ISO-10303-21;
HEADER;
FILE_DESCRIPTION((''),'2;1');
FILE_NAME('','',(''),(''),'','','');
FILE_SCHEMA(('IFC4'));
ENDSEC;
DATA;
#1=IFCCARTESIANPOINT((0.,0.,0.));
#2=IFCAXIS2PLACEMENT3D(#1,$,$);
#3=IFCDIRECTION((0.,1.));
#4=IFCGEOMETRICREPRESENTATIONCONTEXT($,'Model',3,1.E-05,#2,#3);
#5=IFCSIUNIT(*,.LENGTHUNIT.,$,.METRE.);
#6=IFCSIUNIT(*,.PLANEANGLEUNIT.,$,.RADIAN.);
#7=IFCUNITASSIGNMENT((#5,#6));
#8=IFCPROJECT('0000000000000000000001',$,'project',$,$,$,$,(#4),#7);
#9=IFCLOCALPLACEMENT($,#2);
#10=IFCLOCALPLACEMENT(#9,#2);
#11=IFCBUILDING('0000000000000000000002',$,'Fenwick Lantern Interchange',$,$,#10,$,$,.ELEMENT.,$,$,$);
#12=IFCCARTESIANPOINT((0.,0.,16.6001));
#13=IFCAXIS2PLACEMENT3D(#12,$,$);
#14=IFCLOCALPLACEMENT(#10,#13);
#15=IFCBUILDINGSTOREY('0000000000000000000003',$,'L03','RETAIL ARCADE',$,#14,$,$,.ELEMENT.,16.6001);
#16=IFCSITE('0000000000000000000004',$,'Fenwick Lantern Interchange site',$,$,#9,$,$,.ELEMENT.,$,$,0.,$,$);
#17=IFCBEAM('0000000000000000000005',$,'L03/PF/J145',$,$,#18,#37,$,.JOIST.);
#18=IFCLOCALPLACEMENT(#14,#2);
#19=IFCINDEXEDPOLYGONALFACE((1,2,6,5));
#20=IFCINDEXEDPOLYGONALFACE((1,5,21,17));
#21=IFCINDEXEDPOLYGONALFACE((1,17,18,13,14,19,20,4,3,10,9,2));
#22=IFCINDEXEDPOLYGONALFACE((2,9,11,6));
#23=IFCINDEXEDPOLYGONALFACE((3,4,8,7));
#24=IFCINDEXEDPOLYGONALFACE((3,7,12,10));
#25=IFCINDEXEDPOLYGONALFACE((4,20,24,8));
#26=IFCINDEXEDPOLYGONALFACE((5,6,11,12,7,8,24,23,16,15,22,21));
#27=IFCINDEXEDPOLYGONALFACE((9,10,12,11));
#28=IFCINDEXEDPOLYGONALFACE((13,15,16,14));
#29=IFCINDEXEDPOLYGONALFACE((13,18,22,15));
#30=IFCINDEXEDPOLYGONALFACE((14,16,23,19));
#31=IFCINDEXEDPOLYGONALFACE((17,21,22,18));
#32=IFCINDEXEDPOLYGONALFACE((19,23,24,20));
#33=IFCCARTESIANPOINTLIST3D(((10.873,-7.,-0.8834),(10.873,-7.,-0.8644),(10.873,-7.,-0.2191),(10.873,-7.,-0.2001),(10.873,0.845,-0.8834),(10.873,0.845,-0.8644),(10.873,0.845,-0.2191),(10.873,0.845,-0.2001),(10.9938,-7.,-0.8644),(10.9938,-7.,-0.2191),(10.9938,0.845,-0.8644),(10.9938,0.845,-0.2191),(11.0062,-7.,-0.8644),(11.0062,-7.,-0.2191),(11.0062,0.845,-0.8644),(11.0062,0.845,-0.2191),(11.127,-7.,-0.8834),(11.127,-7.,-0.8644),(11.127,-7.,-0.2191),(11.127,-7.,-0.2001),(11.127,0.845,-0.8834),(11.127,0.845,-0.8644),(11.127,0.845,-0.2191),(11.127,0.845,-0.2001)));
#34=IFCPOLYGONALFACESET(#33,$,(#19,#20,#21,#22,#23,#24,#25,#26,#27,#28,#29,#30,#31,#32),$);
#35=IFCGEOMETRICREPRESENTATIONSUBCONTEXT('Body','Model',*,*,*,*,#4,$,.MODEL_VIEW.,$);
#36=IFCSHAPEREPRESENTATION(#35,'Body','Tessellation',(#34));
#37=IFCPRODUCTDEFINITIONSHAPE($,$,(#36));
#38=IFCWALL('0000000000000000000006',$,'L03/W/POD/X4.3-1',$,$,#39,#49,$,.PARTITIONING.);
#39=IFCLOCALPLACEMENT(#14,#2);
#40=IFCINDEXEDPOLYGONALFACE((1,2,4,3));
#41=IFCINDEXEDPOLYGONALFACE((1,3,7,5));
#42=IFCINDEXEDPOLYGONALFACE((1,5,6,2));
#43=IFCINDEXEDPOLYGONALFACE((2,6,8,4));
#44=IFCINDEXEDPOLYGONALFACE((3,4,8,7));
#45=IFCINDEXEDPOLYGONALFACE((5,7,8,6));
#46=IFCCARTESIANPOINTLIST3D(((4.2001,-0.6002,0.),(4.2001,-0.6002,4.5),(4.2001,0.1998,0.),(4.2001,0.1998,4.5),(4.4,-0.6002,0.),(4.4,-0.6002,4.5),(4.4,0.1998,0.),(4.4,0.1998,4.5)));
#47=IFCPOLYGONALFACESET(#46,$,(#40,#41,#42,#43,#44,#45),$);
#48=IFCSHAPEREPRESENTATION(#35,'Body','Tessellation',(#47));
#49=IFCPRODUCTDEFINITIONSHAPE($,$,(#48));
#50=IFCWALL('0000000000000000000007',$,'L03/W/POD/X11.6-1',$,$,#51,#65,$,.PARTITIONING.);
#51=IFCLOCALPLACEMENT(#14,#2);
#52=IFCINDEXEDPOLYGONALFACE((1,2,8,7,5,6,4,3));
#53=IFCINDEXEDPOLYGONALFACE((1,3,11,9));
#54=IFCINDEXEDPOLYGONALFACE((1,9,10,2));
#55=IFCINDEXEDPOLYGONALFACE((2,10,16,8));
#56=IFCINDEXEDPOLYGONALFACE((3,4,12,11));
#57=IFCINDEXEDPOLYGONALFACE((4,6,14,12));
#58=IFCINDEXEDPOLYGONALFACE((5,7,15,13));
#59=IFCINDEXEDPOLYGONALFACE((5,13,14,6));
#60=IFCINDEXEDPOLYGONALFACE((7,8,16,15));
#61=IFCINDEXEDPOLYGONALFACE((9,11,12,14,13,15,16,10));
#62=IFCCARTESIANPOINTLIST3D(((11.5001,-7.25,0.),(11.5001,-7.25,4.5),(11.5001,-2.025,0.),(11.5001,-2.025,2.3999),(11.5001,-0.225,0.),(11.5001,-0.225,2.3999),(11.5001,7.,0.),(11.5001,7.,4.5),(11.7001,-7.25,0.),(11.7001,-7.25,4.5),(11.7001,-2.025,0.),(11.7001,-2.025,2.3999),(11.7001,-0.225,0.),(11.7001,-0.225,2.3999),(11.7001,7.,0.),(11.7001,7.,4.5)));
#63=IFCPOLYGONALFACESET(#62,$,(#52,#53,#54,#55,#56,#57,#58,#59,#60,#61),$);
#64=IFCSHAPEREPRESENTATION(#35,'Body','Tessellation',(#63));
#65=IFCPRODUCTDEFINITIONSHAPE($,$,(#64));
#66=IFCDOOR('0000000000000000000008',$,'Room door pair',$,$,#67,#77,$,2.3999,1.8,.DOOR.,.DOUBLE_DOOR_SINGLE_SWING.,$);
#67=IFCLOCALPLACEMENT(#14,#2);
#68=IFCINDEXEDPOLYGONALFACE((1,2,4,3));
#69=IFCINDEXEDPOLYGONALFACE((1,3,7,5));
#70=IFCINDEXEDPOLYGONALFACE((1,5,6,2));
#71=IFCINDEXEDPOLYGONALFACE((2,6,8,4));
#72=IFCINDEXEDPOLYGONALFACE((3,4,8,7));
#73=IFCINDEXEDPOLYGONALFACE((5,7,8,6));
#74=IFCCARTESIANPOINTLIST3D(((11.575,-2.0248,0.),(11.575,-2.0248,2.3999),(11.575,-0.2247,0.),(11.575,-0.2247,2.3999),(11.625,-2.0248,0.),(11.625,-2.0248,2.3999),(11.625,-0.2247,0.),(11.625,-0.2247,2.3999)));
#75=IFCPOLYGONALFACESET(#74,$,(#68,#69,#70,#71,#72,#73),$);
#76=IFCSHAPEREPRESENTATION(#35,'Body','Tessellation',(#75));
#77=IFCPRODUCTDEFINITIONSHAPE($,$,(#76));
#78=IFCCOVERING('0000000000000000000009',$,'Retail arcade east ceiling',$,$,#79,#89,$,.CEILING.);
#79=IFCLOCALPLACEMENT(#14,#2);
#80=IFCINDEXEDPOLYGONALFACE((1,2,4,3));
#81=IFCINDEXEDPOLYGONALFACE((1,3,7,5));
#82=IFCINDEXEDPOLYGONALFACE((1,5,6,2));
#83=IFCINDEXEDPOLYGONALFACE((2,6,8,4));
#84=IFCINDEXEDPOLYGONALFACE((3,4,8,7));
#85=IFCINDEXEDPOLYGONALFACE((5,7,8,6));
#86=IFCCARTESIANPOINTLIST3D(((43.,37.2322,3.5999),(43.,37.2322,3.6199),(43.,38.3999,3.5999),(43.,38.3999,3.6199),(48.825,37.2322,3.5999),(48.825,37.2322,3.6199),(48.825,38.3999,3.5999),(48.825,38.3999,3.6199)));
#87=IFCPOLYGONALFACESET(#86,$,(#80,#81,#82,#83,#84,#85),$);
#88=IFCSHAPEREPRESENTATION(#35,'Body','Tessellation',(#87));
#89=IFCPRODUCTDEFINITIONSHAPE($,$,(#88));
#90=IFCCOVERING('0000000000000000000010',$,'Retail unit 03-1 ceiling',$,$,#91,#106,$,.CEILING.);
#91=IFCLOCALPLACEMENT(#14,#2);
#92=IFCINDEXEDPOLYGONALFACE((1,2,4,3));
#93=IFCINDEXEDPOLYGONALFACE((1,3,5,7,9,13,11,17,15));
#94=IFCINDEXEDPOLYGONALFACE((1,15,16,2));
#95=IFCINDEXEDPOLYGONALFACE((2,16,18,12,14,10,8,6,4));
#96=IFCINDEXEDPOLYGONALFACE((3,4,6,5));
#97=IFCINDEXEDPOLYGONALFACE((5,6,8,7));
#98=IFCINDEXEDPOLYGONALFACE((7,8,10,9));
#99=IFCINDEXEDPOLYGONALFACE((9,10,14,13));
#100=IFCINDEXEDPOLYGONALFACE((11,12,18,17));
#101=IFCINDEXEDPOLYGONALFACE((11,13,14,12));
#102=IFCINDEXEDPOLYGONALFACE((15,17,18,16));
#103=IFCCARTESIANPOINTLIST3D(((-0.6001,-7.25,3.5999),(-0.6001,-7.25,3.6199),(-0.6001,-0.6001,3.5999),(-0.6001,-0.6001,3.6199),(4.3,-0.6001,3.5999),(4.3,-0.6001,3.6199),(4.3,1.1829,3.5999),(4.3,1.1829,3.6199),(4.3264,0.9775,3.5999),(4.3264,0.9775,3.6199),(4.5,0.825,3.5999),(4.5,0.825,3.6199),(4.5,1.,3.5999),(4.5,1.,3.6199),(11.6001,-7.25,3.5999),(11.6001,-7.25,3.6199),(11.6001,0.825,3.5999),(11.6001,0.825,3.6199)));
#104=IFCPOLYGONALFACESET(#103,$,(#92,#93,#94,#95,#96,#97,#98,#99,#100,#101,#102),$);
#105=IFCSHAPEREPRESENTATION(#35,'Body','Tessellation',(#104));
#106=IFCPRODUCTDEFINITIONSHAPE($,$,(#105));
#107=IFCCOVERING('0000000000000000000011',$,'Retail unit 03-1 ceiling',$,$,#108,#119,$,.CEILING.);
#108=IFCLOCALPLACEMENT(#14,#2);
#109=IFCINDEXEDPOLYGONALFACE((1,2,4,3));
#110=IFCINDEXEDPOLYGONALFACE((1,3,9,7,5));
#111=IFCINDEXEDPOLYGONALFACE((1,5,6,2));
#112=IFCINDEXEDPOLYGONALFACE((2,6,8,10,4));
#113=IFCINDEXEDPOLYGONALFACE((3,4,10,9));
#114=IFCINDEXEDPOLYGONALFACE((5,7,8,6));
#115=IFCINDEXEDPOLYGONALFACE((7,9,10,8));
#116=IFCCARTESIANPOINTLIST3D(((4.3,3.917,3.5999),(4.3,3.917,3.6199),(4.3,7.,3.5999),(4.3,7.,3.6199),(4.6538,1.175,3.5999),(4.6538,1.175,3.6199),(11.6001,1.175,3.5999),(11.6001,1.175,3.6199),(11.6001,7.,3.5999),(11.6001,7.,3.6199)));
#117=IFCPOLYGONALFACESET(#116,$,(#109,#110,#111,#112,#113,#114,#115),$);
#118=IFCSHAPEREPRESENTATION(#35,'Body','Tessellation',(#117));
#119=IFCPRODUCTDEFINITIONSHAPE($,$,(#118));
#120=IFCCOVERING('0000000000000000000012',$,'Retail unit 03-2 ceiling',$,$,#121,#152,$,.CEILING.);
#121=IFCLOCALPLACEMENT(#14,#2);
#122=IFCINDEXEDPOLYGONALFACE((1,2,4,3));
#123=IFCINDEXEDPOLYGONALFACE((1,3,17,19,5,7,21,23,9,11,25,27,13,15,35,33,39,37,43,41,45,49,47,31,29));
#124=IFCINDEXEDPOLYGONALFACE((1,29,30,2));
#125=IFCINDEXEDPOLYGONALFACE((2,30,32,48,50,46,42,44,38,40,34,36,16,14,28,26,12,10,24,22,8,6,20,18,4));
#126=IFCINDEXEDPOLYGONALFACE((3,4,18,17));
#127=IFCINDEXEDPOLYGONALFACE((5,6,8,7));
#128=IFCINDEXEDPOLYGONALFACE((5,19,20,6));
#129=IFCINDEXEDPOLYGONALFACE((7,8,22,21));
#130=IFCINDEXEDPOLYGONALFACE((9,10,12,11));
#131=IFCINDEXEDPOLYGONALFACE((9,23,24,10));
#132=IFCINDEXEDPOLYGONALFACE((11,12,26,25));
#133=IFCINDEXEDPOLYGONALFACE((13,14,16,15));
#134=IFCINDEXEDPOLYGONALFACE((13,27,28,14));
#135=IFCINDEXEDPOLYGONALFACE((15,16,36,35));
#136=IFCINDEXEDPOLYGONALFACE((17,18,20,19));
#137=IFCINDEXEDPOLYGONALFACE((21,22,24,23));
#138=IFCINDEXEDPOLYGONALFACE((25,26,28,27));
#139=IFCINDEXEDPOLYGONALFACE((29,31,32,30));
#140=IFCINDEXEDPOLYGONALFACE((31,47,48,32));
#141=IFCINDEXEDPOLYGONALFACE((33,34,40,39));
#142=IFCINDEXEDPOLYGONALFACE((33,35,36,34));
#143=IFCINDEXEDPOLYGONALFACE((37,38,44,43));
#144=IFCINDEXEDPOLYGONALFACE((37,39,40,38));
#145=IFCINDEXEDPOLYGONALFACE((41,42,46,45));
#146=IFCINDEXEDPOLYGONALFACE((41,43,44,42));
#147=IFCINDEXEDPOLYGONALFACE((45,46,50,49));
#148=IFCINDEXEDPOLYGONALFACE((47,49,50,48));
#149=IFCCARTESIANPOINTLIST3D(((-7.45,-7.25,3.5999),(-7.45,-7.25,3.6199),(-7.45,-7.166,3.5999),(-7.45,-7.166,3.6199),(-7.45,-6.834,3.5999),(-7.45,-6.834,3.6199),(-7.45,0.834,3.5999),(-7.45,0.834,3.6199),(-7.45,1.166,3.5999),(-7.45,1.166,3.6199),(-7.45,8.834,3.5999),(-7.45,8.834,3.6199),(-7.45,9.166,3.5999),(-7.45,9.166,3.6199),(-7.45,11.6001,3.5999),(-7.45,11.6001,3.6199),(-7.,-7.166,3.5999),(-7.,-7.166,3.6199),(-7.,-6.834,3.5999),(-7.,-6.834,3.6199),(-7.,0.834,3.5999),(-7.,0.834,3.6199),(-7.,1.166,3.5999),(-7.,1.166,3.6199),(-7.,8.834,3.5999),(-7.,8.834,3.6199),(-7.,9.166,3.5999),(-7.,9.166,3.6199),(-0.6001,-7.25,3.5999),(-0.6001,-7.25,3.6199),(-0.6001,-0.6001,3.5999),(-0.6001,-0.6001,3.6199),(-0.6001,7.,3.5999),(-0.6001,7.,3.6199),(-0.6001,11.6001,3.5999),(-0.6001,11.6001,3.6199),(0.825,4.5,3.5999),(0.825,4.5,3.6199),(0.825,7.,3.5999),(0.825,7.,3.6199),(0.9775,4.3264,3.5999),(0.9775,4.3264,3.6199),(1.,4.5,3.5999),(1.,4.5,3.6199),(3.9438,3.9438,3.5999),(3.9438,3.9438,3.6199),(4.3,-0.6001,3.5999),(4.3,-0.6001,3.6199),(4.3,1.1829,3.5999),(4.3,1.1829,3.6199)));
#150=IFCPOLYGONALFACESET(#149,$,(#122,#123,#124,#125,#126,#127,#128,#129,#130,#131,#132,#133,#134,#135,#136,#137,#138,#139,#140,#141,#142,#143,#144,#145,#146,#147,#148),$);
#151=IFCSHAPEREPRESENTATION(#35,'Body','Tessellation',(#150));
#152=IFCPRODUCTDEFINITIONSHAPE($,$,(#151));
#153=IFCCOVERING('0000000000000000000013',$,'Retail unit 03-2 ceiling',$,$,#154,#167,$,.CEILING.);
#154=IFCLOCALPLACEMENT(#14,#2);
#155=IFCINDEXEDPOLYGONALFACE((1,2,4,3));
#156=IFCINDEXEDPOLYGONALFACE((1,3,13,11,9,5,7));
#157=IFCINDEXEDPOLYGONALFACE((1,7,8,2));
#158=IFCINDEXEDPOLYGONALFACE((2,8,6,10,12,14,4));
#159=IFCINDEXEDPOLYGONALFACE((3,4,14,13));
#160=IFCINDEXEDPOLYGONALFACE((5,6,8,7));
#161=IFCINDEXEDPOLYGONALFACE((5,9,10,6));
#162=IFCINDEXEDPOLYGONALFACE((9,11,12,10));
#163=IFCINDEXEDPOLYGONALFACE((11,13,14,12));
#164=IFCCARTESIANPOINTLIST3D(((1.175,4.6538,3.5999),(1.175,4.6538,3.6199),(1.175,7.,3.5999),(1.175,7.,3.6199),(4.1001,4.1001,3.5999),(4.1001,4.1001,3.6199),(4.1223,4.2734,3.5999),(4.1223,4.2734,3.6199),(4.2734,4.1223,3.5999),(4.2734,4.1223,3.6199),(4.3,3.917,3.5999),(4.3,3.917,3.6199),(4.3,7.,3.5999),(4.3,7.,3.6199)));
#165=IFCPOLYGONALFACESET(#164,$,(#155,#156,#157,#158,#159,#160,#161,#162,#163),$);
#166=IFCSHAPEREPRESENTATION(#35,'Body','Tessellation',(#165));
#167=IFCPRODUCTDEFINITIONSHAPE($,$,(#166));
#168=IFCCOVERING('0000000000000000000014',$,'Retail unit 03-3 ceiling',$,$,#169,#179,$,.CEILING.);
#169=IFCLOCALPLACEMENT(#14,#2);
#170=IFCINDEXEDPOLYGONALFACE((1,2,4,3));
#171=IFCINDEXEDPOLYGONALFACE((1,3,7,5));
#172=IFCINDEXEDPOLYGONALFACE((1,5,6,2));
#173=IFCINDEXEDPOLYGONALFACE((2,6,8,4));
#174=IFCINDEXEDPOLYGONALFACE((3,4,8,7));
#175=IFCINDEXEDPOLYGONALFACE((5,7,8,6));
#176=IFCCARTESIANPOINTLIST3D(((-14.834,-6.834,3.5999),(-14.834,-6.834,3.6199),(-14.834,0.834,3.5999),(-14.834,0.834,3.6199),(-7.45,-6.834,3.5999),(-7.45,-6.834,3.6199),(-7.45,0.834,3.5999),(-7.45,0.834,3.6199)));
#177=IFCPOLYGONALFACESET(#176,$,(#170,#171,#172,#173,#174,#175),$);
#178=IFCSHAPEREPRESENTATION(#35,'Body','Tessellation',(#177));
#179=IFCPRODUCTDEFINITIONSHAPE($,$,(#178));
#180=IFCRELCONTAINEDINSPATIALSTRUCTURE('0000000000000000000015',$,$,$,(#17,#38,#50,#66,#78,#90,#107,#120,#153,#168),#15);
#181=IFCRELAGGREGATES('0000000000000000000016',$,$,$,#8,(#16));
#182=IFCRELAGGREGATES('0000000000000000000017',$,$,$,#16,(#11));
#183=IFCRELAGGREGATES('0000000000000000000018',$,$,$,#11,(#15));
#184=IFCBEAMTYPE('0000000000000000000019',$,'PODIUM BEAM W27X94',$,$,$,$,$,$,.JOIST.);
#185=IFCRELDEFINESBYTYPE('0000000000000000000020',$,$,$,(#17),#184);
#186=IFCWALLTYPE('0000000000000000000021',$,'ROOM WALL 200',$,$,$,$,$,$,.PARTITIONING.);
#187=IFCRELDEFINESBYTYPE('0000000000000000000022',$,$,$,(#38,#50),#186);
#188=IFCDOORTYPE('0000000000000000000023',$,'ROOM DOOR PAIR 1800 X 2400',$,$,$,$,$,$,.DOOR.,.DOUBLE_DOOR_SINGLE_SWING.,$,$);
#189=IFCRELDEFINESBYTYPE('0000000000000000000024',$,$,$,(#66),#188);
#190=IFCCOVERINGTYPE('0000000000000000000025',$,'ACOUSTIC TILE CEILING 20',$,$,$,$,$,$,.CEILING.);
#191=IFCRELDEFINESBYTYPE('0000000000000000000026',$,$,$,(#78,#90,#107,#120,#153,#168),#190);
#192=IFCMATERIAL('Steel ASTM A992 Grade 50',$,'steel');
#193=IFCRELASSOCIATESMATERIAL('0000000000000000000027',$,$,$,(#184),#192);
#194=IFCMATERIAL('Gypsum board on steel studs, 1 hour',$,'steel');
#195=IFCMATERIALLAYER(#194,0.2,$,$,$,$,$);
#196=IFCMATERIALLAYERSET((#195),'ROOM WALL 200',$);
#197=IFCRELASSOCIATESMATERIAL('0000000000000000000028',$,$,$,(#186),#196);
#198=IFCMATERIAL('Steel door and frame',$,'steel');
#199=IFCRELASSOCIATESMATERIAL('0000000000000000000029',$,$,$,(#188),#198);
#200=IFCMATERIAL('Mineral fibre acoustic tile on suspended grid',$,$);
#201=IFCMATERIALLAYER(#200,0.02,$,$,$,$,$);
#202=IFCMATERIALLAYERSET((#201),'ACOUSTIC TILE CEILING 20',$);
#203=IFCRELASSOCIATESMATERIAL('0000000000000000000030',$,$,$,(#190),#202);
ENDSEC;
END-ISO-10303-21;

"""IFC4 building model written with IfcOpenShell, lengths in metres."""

from ifc_helpers import new_model, si_unit, direction, frame, frame_2d, origin, origin_2d, place, context, subcontext, project, spatial, polyline, rectangle, i_section, outline, extrude, material, layer, layer_set, material_profile, profile_set, type_object, element, fill, save


model = new_model("IFC4")

# Units and contexts
model_context = context("Model", 3, precision=1e-05, world=origin(), true_north=direction((0.0, 1.0)))
body_context = subcontext(model_context, "Body", "Model", "MODEL_VIEW")
ifc_project = project(units=[si_unit("LENGTHUNIT", "METRE"), si_unit("PLANEANGLEUNIT", "RADIAN")], contexts=[model_context])

# Site, building, storey
site_placement = place(None, origin())
site = spatial("IfcSite", under=ifc_project, at=site_placement, Name="Fenwick Lantern Interchange site", CompositionType="ELEMENT", RefElevation=0.0)
building_placement = place(site_placement, origin())
building = spatial("IfcBuilding", under=site, at=building_placement, Name="Fenwick Lantern Interchange", CompositionType="ELEMENT")
storey_placement = place(building_placement, frame((0.0, 0.0, 16.6001)))
storey = spatial("IfcBuildingStorey", under=building, at=storey_placement, Name="L03", Description="RETAIL ARCADE", CompositionType="ELEMENT", Elevation=16.6001)

# Shared definitions
ifc_material_1 = material(Name="Steel ASTM A992 Grade 50", Category="steel")

# Beam
ifc_material_profile_1 = material_profile(ifc_material_1, i_section(OverallWidth=0.2539, OverallDepth=0.6833, WebThickness=0.0125, FlangeThickness=0.019, at=origin_2d()), Name="W27X94")
ifc_profile_set_1 = profile_set([ifc_material_profile_1], Name="Steel ASTM A992 Grade 50")
beam_type_1 = type_object("IfcBeamType", Name="PODIUM BEAM W27X94", PredefinedType="JOIST", material=ifc_profile_set_1)
beam_1_placement = place(storey_placement, frame((11.0, -7.0, -0.5417), z_axis=(0.0, 1.0, 0.0), x_axis=(-1.0, 0.0, 0.0)))
element("IfcBeam", 1, at=beam_1_placement, inside=storey, type_object=beam_type_1, Name="L03/PF/J145", PredefinedType="JOIST", context=body_context, shape_type="SweptSolid", body=[
    extrude(i_section(OverallWidth=0.2539, OverallDepth=0.6833, WebThickness=0.0125, FlangeThickness=0.019, at=origin_2d()), origin(), (0.0, 0.0, 1.0), 7.845),
])

# Wall
ifc_material_2 = material(Name="Gypsum board on steel studs, 1 hour", Category="steel")
ifc_layer_1 = layer(ifc_material_2, 0.2)
ifc_layer_set_1 = layer_set([ifc_layer_1], Name="ROOM WALL 200")
wall_type = type_object("IfcWallType", Name="ROOM WALL 200", PredefinedType="PARTITIONING", material=ifc_layer_set_1)
wall_1_placement = place(storey_placement, frame((4.3, -0.6001, 0.0), z_axis=(0.0, 0.0, 1.0), x_axis=(0.0, 1.0, 0.0)))
element("IfcWall", 2, at=wall_1_placement, inside=storey, type_object=wall_type, Name="L03/W/POD/X4.3-1", PredefinedType="PARTITIONING", context=body_context, shape_type="SweptSolid", body=[
    extrude(rectangle(XDim=0.8, YDim=0.2, at=frame_2d((0.3999, 0.0))), origin(), (0.0, 0.0, 1.0), 4.5),
])

# Wall, opening, door
wall_2_placement = place(storey_placement, frame((11.6001, -7.25, 0.0), z_axis=(0.0, 0.0, 1.0), x_axis=(0.0, 1.0, 0.0)))
wall_2 = element("IfcWall", 3, at=wall_2_placement, inside=storey, type_object=wall_type, Name="L03/W/POD/X11.6-1", PredefinedType="PARTITIONING", context=body_context, shape_type="SweptSolid", body=[
    extrude(rectangle(XDim=14.25, YDim=0.2, at=frame_2d((7.125, 0.0))), origin(), (0.0, 0.0, 1.0), 4.5),
])
opening_placement = place(wall_2_placement, frame((5.2251, 0.0, 0.0)))
opening = element("IfcOpeningElement", 4, at=opening_placement, cuts=wall_2, PredefinedType="OPENING", context=body_context, shape_type="SweptSolid", body=[
    extrude(rectangle(XDim=1.8, YDim=2.3999, at=frame_2d((0.8999, 1.2))), frame((0.0, 0.1099, 0.0), z_axis=(0.0, -1.0, 0.0), x_axis=(1.0, 0.0, 0.0)), (0.0, 0.0, 1.0), 0.22),
])
ifc_material_3 = material(Name="Steel door and frame", Category="steel")
door_type = type_object("IfcDoorType", Name="ROOM DOOR PAIR 1800 X 2400", OperationType="DOUBLE_DOOR_SINGLE_SWING", PredefinedType="DOOR", material=ifc_material_3)
door_placement = place(opening_placement, frame((1.8, 0.0, 0.0), z_axis=(0.0, 0.0, 1.0), x_axis=(-1.0, 0.0, 0.0)))
door = element("IfcDoor", 5, at=door_placement, inside=storey, type_object=door_type, Name="Room door pair", OperationType="DOUBLE_DOOR_SINGLE_SWING", OverallHeight=2.3999, OverallWidth=1.8, PredefinedType="DOOR", context=body_context, shape_type="SweptSolid", body=[
    extrude(rectangle(XDim=1.8, YDim=2.3999, at=frame_2d((0.8999, 1.2))), frame((0.0, 0.0249, 0.0), z_axis=(0.0, -1.0, 0.0), x_axis=(1.0, 0.0, 0.0)), (0.0, 0.0, 1.0), 0.05),
])
fill(opening, door)

# Coverings
ifc_material_4 = material(Name="Mineral fibre acoustic tile on suspended grid")
ifc_layer_2 = layer(ifc_material_4, 0.02)
ifc_layer_set_2 = layer_set([ifc_layer_2], Name="ACOUSTIC TILE CEILING 20")
covering_type = type_object("IfcCoveringType", Name="ACOUSTIC TILE CEILING 20", PredefinedType="CEILING", material=ifc_layer_set_2)
covering_1_placement = place(storey_placement, frame((0.0, 0.0, 3.5999)))
element("IfcCovering", 6, at=covering_1_placement, inside=storey, type_object=covering_type, Name="Retail arcade east ceiling", PredefinedType="CEILING", context=body_context, shape_type="SweptSolid", body=[
    extrude(outline(polyline([(43.0, 38.3999), (43.0, 37.2322), (48.825, 37.2322), (48.825, 38.3999), (43.0, 38.3999)])), origin(), (0.0, 0.0, 1.0), 0.02),
])
covering_2_placement = place(storey_placement, frame((0.0, 0.0, 3.5999)))
element("IfcCovering", 7, at=covering_2_placement, inside=storey, type_object=covering_type, Name="Retail unit 03-1 ceiling", PredefinedType="CEILING", context=body_context, shape_type="SweptSolid", body=[
    extrude(outline(polyline([(4.3, -0.6001), (-0.6001, -0.6001), (-0.6001, -7.25), (11.6001, -7.25), (11.6001, 0.825), (4.5, 0.825), (4.5, 1.0), (4.3264, 0.9775), (4.3, 1.1829), (4.3, -0.6001)])), origin(), (0.0, 0.0, 1.0), 0.02),
])
covering_3_placement = place(storey_placement, frame((0.0, 0.0, 3.5999)))
element("IfcCovering", 8, at=covering_3_placement, inside=storey, type_object=covering_type, Name="Retail unit 03-1 ceiling", PredefinedType="CEILING", context=body_context, shape_type="SweptSolid", body=[
    extrude(outline(polyline([(4.3, 7.0), (4.3, 3.917), (4.6538, 1.175), (11.6001, 1.175), (11.6001, 7.0), (4.3, 7.0)])), origin(), (0.0, 0.0, 1.0), 0.02),
])
covering_4_placement = place(storey_placement, frame((0.0, 0.0, 3.5999)))
element("IfcCovering", 9, at=covering_4_placement, inside=storey, type_object=covering_type, Name="Retail unit 03-2 ceiling", PredefinedType="CEILING", context=body_context, shape_type="SweptSolid", body=[
    extrude(outline(polyline([(-0.6001, 11.6001), (-7.45, 11.6001), (-7.45, 9.166), (-7.0, 9.166), (-7.0, 8.834), (-7.45, 8.834), (-7.45, 1.166), (-7.0, 1.166), (-7.0, 0.834), (-7.45, 0.834), (-7.45, -6.834), (-7.0, -6.834), (-7.0, -7.166), (-7.45, -7.166), (-7.45, -7.25), (-0.6001, -7.25), (-0.6001, -0.6001), (4.3, -0.6001), (4.3, 1.1829), (3.9438, 3.9438), (0.9775, 4.3264), (1.0, 4.5), (0.825, 4.5), (0.825, 7.0), (-0.6001, 7.0), (-0.6001, 11.6001)])), origin(), (0.0, 0.0, 1.0), 0.02),
])
covering_5_placement = place(storey_placement, frame((0.0, 0.0, 3.5999)))
element("IfcCovering", 10, at=covering_5_placement, inside=storey, type_object=covering_type, Name="Retail unit 03-2 ceiling", PredefinedType="CEILING", context=body_context, shape_type="SweptSolid", body=[
    extrude(outline(polyline([(4.3, 7.0), (1.175, 7.0), (1.175, 4.6538), (4.1223, 4.2734), (4.1001, 4.1001), (4.2734, 4.1223), (4.3, 3.917), (4.3, 7.0)])), origin(), (0.0, 0.0, 1.0), 0.02),
])
covering_6_placement = place(storey_placement, frame((0.0, 0.0, 3.5999)))
element("IfcCovering", 11, at=covering_6_placement, inside=storey, type_object=covering_type, Name="Retail unit 03-3 ceiling", PredefinedType="CEILING", context=body_context, shape_type="SweptSolid", body=[
    extrude(outline(polyline([(-7.45, -6.834), (-7.45, 0.834), (-14.834, 0.834), (-14.834, -6.834), (-7.45, -6.834)])), origin(), (0.0, 0.0, 1.0), 0.02),
])

save(model, "model.ifc")
